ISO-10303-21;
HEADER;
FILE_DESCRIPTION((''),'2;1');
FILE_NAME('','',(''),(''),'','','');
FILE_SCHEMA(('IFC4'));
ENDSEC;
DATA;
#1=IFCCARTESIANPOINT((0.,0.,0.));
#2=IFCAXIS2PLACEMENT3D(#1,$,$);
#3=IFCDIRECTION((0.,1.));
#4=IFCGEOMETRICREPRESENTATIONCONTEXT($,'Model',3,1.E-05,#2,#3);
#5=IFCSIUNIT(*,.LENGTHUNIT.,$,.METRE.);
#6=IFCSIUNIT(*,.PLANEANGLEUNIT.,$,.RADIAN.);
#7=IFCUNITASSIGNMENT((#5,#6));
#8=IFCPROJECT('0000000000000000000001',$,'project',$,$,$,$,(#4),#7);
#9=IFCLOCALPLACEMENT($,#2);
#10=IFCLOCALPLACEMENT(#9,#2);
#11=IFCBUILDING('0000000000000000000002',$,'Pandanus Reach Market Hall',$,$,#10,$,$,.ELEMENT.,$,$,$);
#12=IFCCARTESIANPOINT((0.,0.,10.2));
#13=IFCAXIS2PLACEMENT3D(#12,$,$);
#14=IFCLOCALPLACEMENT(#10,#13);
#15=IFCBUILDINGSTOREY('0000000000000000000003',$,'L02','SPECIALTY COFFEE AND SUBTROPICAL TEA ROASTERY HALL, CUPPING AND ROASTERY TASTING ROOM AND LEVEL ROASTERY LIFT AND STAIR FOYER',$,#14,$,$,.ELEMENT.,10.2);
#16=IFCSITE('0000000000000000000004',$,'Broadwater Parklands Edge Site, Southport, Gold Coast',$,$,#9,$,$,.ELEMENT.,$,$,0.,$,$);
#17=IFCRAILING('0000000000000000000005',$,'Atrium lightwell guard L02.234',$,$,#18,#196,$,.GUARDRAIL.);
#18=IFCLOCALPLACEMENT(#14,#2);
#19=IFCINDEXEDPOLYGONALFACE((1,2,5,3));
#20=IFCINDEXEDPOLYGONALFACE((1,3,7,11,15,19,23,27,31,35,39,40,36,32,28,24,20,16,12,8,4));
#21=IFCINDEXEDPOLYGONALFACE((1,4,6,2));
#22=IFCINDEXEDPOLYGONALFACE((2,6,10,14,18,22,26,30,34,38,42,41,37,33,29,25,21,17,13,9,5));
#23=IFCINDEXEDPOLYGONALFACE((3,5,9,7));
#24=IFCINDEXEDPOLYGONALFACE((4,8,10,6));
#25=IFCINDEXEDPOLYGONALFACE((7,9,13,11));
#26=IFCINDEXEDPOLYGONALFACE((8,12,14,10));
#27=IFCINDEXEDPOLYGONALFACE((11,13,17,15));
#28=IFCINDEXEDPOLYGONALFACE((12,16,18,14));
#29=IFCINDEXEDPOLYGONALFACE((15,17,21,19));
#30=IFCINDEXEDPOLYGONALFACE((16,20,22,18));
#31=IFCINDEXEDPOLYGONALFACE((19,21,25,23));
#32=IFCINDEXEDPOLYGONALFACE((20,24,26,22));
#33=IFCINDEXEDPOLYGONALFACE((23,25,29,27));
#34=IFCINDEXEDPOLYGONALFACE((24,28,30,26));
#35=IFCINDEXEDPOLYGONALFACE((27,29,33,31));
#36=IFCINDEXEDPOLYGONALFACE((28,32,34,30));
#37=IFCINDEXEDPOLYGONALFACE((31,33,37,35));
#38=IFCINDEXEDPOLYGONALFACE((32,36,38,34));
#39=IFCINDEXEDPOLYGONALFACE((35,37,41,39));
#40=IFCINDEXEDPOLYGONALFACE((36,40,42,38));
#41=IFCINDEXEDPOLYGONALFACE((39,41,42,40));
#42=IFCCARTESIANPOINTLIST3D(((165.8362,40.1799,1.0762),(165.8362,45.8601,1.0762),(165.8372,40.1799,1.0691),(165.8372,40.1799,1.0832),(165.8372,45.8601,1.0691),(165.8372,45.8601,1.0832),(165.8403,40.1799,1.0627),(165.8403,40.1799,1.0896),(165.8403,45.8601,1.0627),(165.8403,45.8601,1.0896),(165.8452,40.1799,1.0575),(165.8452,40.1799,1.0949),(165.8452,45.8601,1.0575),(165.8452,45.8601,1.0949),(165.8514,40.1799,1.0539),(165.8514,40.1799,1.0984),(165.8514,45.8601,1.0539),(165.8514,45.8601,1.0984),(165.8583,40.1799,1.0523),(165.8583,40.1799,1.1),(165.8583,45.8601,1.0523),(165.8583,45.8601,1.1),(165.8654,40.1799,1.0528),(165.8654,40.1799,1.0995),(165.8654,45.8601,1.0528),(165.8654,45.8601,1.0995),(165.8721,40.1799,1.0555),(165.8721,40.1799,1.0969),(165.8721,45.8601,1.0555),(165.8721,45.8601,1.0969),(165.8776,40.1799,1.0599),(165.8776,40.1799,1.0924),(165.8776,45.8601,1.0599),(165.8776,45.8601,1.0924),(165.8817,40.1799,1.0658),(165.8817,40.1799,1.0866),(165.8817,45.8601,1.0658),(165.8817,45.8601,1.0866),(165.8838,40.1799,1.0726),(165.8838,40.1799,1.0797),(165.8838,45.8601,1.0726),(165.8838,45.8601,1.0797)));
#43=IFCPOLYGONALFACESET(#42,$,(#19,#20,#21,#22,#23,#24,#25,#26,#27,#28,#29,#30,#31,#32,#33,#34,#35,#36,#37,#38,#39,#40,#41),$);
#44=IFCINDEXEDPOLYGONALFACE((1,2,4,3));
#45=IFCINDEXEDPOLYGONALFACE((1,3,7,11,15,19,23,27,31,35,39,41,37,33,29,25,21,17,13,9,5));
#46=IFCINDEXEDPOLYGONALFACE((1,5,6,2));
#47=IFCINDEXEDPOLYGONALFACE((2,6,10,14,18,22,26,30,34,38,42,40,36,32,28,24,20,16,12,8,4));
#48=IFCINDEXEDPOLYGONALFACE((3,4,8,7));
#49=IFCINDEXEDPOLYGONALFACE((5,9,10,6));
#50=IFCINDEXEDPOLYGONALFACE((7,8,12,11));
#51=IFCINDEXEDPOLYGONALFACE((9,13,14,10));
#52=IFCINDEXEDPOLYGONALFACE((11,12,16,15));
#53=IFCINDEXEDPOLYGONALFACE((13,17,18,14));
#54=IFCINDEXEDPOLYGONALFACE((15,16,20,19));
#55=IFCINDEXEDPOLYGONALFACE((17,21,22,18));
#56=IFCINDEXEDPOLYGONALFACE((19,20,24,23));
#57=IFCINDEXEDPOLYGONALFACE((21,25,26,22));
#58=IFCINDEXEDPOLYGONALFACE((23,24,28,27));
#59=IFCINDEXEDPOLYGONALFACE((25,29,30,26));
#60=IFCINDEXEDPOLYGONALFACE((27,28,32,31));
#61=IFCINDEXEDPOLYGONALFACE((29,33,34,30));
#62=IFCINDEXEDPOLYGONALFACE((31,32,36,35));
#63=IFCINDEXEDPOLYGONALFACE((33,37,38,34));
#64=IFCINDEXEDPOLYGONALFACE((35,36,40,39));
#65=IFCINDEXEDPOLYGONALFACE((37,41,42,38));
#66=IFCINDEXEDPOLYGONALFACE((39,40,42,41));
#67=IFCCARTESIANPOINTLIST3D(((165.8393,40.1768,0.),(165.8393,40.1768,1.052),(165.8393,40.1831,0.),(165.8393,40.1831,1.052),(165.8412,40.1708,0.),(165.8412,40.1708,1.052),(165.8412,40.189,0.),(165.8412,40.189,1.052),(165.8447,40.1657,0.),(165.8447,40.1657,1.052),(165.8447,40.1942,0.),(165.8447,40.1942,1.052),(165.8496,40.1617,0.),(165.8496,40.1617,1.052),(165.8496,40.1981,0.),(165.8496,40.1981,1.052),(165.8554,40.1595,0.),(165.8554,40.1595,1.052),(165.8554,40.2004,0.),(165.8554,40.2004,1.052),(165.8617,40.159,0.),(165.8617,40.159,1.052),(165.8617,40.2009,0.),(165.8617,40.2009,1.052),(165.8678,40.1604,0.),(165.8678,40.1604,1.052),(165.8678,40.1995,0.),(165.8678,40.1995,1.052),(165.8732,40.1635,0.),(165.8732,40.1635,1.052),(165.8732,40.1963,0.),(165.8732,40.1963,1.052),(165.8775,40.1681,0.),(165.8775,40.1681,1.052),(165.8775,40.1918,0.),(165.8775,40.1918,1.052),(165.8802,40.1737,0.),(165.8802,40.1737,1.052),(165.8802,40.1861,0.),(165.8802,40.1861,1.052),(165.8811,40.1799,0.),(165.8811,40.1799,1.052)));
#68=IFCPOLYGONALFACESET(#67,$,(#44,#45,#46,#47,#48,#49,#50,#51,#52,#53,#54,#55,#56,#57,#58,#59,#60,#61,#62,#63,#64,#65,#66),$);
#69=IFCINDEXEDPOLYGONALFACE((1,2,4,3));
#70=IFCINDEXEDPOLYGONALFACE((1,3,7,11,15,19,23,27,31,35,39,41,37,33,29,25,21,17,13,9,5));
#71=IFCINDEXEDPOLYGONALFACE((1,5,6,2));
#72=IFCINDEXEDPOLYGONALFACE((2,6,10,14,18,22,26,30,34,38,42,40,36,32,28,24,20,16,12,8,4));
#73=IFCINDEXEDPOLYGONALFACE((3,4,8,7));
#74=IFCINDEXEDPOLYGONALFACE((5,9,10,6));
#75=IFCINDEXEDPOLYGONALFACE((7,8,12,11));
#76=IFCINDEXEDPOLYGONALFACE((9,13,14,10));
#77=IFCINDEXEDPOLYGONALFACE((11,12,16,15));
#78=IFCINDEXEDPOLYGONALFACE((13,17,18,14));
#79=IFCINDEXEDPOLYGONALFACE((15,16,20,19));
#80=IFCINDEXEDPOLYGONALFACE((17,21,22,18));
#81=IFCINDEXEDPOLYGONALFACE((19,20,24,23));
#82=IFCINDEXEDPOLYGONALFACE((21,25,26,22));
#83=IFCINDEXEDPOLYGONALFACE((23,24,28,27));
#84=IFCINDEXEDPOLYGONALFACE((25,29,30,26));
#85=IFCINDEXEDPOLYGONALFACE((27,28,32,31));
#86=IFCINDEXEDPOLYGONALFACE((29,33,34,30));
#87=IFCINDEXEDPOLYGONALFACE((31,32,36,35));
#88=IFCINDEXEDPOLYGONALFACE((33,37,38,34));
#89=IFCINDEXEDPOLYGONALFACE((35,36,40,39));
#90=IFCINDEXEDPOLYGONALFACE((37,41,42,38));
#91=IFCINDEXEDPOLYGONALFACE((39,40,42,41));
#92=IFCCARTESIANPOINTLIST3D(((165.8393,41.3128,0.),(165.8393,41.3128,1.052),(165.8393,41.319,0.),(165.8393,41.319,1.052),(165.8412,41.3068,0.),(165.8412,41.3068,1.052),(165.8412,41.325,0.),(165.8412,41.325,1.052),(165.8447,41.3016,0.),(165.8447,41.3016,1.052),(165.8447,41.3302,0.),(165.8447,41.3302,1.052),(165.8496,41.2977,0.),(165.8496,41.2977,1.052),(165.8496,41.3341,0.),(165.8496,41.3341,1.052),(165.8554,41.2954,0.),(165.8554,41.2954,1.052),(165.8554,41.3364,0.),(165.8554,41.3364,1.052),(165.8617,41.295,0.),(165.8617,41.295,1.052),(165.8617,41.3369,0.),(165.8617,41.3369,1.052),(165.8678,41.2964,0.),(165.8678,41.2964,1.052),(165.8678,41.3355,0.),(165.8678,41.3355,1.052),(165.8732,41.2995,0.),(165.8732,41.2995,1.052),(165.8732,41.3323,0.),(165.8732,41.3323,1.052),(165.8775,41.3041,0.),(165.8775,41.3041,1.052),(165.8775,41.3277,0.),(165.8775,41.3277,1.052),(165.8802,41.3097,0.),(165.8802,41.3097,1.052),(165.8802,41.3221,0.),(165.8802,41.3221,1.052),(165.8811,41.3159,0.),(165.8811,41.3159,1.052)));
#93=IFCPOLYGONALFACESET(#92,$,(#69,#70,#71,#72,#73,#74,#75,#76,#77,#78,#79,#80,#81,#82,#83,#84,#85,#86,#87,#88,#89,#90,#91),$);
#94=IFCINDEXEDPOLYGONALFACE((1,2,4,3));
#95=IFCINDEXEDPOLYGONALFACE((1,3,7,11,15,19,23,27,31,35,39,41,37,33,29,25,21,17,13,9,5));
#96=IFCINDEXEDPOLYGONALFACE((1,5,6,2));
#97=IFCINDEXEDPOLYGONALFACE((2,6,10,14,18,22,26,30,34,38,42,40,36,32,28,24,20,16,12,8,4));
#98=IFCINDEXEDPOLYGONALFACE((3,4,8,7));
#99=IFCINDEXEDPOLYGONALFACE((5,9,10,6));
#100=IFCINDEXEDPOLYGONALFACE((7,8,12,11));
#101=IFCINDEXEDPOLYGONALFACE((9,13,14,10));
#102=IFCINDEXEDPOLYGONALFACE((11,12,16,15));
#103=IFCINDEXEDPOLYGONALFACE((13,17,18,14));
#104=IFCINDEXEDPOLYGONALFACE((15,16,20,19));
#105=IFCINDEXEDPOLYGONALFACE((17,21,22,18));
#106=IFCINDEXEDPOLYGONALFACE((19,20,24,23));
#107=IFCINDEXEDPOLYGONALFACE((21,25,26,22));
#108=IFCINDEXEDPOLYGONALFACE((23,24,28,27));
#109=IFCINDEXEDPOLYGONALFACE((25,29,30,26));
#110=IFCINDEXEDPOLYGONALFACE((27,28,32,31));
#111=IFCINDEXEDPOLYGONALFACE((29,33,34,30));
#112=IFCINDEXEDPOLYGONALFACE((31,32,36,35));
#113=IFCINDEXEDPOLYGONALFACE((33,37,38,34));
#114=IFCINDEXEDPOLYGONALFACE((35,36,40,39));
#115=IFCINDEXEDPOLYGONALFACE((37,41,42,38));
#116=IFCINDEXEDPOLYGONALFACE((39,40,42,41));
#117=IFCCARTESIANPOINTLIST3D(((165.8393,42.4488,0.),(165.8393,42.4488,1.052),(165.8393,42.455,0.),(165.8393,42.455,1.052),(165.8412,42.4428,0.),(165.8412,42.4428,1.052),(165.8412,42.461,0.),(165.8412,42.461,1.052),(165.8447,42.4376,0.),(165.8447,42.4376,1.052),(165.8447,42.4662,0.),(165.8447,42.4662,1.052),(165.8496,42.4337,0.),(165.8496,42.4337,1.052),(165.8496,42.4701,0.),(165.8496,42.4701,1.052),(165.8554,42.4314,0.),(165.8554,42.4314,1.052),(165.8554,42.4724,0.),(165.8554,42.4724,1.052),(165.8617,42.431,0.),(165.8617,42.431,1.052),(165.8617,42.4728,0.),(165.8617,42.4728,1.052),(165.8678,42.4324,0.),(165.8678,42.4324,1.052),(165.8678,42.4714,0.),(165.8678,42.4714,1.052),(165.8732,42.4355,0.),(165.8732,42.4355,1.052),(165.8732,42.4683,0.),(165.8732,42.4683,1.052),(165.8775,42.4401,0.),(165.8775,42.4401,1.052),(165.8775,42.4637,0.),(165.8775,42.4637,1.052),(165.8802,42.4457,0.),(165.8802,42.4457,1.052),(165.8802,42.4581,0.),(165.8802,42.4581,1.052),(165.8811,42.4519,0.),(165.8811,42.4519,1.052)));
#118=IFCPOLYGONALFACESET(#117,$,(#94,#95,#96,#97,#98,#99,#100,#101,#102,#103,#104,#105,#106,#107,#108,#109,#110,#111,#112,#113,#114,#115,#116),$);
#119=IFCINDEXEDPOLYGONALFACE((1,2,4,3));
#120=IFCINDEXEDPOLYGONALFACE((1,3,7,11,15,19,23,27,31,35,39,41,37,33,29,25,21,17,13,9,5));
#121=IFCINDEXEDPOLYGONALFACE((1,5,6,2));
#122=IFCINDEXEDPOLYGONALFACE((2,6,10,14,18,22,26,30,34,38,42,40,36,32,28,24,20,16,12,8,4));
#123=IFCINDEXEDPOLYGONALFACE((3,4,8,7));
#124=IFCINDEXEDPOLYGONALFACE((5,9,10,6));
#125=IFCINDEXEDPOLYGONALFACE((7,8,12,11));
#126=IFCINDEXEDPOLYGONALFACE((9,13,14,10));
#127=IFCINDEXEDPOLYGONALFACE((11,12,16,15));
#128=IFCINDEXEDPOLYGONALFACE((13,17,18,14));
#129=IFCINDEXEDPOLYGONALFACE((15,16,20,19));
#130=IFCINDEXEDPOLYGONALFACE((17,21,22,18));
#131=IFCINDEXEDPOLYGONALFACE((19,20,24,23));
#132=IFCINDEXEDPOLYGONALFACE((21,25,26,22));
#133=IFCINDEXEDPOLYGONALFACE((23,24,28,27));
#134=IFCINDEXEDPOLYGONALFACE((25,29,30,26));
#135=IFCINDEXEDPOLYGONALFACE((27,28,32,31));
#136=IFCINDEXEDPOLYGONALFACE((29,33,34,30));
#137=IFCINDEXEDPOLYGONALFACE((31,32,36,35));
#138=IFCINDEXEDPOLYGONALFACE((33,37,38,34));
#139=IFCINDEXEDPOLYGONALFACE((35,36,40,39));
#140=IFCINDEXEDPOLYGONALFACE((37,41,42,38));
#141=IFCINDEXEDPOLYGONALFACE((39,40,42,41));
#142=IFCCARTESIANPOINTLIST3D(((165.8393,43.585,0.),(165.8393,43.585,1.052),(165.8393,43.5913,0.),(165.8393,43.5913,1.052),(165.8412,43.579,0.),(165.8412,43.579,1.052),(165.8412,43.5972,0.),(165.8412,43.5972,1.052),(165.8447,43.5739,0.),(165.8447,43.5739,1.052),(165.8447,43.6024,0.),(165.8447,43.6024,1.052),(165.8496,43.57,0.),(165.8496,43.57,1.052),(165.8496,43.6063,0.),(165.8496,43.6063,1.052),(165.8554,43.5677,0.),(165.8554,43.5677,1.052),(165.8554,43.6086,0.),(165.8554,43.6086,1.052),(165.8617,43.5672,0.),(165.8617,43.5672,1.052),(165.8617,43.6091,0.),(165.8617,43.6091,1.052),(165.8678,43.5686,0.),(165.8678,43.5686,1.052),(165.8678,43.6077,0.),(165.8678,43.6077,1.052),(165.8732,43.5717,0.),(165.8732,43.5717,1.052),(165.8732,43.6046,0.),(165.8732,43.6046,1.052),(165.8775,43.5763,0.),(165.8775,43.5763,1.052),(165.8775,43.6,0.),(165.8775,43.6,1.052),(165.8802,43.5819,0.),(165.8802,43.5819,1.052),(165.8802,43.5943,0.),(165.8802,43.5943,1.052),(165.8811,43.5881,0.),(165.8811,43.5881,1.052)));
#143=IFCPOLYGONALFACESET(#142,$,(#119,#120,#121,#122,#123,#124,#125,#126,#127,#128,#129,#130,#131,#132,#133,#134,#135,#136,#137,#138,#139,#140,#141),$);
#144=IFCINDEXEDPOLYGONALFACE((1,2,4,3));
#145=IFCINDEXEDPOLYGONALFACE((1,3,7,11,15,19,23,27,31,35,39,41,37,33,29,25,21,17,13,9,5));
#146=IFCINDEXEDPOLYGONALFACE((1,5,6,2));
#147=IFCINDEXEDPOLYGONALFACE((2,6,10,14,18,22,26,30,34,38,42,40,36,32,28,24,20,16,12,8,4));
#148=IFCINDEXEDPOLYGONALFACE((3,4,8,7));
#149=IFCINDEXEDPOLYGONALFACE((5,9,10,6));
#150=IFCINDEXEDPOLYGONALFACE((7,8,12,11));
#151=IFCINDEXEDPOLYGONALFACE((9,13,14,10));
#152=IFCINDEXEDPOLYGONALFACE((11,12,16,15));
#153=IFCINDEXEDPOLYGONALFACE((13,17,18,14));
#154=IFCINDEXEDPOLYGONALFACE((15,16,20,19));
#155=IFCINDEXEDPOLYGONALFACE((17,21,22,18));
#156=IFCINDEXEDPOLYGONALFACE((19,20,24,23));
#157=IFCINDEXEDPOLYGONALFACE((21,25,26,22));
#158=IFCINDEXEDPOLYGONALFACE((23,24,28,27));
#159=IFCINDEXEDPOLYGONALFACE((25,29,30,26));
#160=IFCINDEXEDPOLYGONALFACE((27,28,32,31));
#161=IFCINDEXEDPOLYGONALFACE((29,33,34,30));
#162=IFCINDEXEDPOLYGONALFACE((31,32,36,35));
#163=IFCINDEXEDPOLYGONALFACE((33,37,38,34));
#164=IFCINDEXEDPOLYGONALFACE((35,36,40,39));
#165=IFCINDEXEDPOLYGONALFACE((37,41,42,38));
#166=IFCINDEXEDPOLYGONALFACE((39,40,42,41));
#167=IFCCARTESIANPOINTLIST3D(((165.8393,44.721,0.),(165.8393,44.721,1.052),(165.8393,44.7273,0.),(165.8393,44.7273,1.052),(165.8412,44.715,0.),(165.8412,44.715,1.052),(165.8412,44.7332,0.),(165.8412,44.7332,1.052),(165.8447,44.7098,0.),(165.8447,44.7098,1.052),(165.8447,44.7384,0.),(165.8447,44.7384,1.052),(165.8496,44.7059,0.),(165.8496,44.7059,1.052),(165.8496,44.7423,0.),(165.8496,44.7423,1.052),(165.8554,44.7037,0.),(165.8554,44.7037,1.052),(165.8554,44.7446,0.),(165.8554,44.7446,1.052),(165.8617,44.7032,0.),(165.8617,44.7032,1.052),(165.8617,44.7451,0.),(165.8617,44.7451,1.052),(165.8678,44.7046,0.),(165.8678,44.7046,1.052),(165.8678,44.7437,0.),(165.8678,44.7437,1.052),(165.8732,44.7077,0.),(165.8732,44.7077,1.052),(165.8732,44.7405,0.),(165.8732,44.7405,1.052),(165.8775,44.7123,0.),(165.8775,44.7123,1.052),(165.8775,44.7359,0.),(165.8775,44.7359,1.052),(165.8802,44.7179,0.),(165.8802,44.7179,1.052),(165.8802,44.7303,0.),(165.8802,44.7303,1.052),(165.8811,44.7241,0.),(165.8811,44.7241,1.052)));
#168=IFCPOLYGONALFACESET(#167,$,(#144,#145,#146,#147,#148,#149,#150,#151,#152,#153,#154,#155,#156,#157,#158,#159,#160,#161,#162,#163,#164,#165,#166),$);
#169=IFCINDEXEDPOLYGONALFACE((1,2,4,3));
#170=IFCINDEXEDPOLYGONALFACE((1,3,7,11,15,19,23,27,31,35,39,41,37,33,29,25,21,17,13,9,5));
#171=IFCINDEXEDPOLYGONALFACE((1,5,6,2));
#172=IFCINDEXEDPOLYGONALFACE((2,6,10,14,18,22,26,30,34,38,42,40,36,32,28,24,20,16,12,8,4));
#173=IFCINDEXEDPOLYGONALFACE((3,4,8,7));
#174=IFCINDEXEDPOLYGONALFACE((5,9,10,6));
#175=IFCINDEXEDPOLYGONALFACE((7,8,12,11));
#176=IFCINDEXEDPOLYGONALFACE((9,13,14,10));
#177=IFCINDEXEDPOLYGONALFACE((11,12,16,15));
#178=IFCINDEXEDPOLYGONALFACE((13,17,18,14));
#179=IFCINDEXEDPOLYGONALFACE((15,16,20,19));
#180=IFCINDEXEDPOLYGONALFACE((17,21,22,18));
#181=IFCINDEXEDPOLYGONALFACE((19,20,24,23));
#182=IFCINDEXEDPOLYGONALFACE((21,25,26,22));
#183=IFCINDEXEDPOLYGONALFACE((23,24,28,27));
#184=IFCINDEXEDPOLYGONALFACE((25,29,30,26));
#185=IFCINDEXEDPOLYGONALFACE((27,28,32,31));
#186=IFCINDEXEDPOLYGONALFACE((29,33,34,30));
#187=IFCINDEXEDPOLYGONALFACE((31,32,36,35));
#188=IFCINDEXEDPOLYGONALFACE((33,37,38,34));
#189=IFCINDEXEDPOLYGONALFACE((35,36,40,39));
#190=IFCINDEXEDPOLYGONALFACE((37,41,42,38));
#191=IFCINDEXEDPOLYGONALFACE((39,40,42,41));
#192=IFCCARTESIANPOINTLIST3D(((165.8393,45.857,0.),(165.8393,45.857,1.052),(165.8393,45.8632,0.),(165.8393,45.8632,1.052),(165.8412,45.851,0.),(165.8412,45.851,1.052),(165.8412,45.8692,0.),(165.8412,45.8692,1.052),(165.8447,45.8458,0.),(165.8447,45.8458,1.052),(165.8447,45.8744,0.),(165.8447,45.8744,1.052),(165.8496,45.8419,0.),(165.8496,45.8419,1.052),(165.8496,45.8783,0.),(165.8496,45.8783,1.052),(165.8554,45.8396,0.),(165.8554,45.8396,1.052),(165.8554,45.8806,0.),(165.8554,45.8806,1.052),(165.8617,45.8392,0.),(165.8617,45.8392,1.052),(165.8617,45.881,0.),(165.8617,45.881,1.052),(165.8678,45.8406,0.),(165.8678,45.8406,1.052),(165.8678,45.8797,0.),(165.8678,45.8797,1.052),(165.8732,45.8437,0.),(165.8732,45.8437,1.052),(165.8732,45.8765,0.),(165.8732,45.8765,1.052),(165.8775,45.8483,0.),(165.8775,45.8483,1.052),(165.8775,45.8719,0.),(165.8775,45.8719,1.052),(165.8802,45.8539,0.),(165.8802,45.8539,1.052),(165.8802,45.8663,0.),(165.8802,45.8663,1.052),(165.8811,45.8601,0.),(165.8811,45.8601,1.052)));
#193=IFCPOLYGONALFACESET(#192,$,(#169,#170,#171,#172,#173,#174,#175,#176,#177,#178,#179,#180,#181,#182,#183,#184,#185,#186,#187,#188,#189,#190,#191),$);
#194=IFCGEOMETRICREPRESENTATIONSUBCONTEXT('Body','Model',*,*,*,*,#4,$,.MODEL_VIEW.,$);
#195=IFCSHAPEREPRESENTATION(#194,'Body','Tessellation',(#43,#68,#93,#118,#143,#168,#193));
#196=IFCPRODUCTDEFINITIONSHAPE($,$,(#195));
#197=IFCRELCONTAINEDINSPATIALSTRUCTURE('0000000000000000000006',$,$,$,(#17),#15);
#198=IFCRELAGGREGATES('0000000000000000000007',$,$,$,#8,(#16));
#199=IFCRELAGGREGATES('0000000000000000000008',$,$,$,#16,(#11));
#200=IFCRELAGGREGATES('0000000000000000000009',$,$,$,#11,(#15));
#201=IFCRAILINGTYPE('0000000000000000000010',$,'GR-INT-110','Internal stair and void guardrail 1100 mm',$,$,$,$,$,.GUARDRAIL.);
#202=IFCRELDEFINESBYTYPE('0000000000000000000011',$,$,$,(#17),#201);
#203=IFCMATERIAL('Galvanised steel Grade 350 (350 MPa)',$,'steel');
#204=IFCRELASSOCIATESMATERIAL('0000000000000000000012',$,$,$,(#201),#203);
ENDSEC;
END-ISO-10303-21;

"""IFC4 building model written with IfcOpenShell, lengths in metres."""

from ifc_helpers import new_model, si_unit, direction, frame, origin, origin_2d, place, context, subcontext, project, spatial, circle, extrude, material, type_object, element, save


model = new_model("IFC4")

# Units and contexts
model_context = context("Model", 3, precision=1e-05, world=origin(), true_north=direction((0.0, 1.0)))
body_context = subcontext(model_context, "Body", "Model", "MODEL_VIEW")
ifc_project = project(units=[si_unit("LENGTHUNIT", "METRE"), si_unit("PLANEANGLEUNIT", "RADIAN")], contexts=[model_context])

# Site, building, storey
site_placement = place(None, origin())
site = spatial("IfcSite", under=ifc_project, at=site_placement, Name="Broadwater Parklands Edge Site, Southport, Gold Coast", CompositionType="ELEMENT", RefElevation=0.0)
building_placement = place(site_placement, origin())
building = spatial("IfcBuilding", under=site, at=building_placement, Name="Pandanus Reach Market Hall", CompositionType="ELEMENT")
storey_placement = place(building_placement, frame((0.0, 0.0, 10.2)))
storey = spatial("IfcBuildingStorey", under=building, at=storey_placement, Name="L02", Description="SPECIALTY COFFEE AND SUBTROPICAL TEA ROASTERY HALL, CUPPING AND ROASTERY TASTING ROOM AND LEVEL ROASTERY LIFT AND STAIR FOYER", CompositionType="ELEMENT", Elevation=10.2)

# Railing
ifc_material_1 = material(Name="Galvanised steel Grade 350 (350 MPa)", Category="steel")
railing_type = type_object("IfcRailingType", Name="GR-INT-110", Description="Internal stair and void guardrail 1100 mm", PredefinedType="GUARDRAIL", material=ifc_material_1)
railing_1_placement = place(storey_placement, frame((165.8601, 40.1799, 0.0)))
element("IfcRailing", 1, at=railing_1_placement, inside=storey, type_object=railing_type, Name="Atrium lightwell guard L02.234", PredefinedType="GUARDRAIL", context=body_context, shape_type="SweptSolid", body=[
    extrude(circle(Radius=0.0239, at=origin_2d()), frame((0.0, 0.0, 1.0762), z_axis=(0.0, 1.0, 0.0), x_axis=(-1.0, 0.0, 0.0)), (0.0, 0.0, 1.0), 5.6802),
    extrude(circle(Radius=0.021, at=origin_2d()), origin(), (0.0, 0.0, 1.0), 1.052),
    extrude(circle(Radius=0.021, at=origin_2d()), frame((0.0, 1.136, 0.0)), (0.0, 0.0, 1.0), 1.052),
    extrude(circle(Radius=0.021, at=origin_2d()), frame((0.0, 2.272, 0.0)), (0.0, 0.0, 1.0), 1.052),
    extrude(circle(Radius=0.021, at=origin_2d()), frame((0.0, 3.4082, 0.0)), (0.0, 0.0, 1.0), 1.052),
    extrude(circle(Radius=0.021, at=origin_2d()), frame((0.0, 4.5442, 0.0)), (0.0, 0.0, 1.0), 1.052),
    extrude(circle(Radius=0.021, at=origin_2d()), frame((0.0, 5.6802, 0.0)), (0.0, 0.0, 1.0), 1.052),
])

save(model, "model.ifc")
